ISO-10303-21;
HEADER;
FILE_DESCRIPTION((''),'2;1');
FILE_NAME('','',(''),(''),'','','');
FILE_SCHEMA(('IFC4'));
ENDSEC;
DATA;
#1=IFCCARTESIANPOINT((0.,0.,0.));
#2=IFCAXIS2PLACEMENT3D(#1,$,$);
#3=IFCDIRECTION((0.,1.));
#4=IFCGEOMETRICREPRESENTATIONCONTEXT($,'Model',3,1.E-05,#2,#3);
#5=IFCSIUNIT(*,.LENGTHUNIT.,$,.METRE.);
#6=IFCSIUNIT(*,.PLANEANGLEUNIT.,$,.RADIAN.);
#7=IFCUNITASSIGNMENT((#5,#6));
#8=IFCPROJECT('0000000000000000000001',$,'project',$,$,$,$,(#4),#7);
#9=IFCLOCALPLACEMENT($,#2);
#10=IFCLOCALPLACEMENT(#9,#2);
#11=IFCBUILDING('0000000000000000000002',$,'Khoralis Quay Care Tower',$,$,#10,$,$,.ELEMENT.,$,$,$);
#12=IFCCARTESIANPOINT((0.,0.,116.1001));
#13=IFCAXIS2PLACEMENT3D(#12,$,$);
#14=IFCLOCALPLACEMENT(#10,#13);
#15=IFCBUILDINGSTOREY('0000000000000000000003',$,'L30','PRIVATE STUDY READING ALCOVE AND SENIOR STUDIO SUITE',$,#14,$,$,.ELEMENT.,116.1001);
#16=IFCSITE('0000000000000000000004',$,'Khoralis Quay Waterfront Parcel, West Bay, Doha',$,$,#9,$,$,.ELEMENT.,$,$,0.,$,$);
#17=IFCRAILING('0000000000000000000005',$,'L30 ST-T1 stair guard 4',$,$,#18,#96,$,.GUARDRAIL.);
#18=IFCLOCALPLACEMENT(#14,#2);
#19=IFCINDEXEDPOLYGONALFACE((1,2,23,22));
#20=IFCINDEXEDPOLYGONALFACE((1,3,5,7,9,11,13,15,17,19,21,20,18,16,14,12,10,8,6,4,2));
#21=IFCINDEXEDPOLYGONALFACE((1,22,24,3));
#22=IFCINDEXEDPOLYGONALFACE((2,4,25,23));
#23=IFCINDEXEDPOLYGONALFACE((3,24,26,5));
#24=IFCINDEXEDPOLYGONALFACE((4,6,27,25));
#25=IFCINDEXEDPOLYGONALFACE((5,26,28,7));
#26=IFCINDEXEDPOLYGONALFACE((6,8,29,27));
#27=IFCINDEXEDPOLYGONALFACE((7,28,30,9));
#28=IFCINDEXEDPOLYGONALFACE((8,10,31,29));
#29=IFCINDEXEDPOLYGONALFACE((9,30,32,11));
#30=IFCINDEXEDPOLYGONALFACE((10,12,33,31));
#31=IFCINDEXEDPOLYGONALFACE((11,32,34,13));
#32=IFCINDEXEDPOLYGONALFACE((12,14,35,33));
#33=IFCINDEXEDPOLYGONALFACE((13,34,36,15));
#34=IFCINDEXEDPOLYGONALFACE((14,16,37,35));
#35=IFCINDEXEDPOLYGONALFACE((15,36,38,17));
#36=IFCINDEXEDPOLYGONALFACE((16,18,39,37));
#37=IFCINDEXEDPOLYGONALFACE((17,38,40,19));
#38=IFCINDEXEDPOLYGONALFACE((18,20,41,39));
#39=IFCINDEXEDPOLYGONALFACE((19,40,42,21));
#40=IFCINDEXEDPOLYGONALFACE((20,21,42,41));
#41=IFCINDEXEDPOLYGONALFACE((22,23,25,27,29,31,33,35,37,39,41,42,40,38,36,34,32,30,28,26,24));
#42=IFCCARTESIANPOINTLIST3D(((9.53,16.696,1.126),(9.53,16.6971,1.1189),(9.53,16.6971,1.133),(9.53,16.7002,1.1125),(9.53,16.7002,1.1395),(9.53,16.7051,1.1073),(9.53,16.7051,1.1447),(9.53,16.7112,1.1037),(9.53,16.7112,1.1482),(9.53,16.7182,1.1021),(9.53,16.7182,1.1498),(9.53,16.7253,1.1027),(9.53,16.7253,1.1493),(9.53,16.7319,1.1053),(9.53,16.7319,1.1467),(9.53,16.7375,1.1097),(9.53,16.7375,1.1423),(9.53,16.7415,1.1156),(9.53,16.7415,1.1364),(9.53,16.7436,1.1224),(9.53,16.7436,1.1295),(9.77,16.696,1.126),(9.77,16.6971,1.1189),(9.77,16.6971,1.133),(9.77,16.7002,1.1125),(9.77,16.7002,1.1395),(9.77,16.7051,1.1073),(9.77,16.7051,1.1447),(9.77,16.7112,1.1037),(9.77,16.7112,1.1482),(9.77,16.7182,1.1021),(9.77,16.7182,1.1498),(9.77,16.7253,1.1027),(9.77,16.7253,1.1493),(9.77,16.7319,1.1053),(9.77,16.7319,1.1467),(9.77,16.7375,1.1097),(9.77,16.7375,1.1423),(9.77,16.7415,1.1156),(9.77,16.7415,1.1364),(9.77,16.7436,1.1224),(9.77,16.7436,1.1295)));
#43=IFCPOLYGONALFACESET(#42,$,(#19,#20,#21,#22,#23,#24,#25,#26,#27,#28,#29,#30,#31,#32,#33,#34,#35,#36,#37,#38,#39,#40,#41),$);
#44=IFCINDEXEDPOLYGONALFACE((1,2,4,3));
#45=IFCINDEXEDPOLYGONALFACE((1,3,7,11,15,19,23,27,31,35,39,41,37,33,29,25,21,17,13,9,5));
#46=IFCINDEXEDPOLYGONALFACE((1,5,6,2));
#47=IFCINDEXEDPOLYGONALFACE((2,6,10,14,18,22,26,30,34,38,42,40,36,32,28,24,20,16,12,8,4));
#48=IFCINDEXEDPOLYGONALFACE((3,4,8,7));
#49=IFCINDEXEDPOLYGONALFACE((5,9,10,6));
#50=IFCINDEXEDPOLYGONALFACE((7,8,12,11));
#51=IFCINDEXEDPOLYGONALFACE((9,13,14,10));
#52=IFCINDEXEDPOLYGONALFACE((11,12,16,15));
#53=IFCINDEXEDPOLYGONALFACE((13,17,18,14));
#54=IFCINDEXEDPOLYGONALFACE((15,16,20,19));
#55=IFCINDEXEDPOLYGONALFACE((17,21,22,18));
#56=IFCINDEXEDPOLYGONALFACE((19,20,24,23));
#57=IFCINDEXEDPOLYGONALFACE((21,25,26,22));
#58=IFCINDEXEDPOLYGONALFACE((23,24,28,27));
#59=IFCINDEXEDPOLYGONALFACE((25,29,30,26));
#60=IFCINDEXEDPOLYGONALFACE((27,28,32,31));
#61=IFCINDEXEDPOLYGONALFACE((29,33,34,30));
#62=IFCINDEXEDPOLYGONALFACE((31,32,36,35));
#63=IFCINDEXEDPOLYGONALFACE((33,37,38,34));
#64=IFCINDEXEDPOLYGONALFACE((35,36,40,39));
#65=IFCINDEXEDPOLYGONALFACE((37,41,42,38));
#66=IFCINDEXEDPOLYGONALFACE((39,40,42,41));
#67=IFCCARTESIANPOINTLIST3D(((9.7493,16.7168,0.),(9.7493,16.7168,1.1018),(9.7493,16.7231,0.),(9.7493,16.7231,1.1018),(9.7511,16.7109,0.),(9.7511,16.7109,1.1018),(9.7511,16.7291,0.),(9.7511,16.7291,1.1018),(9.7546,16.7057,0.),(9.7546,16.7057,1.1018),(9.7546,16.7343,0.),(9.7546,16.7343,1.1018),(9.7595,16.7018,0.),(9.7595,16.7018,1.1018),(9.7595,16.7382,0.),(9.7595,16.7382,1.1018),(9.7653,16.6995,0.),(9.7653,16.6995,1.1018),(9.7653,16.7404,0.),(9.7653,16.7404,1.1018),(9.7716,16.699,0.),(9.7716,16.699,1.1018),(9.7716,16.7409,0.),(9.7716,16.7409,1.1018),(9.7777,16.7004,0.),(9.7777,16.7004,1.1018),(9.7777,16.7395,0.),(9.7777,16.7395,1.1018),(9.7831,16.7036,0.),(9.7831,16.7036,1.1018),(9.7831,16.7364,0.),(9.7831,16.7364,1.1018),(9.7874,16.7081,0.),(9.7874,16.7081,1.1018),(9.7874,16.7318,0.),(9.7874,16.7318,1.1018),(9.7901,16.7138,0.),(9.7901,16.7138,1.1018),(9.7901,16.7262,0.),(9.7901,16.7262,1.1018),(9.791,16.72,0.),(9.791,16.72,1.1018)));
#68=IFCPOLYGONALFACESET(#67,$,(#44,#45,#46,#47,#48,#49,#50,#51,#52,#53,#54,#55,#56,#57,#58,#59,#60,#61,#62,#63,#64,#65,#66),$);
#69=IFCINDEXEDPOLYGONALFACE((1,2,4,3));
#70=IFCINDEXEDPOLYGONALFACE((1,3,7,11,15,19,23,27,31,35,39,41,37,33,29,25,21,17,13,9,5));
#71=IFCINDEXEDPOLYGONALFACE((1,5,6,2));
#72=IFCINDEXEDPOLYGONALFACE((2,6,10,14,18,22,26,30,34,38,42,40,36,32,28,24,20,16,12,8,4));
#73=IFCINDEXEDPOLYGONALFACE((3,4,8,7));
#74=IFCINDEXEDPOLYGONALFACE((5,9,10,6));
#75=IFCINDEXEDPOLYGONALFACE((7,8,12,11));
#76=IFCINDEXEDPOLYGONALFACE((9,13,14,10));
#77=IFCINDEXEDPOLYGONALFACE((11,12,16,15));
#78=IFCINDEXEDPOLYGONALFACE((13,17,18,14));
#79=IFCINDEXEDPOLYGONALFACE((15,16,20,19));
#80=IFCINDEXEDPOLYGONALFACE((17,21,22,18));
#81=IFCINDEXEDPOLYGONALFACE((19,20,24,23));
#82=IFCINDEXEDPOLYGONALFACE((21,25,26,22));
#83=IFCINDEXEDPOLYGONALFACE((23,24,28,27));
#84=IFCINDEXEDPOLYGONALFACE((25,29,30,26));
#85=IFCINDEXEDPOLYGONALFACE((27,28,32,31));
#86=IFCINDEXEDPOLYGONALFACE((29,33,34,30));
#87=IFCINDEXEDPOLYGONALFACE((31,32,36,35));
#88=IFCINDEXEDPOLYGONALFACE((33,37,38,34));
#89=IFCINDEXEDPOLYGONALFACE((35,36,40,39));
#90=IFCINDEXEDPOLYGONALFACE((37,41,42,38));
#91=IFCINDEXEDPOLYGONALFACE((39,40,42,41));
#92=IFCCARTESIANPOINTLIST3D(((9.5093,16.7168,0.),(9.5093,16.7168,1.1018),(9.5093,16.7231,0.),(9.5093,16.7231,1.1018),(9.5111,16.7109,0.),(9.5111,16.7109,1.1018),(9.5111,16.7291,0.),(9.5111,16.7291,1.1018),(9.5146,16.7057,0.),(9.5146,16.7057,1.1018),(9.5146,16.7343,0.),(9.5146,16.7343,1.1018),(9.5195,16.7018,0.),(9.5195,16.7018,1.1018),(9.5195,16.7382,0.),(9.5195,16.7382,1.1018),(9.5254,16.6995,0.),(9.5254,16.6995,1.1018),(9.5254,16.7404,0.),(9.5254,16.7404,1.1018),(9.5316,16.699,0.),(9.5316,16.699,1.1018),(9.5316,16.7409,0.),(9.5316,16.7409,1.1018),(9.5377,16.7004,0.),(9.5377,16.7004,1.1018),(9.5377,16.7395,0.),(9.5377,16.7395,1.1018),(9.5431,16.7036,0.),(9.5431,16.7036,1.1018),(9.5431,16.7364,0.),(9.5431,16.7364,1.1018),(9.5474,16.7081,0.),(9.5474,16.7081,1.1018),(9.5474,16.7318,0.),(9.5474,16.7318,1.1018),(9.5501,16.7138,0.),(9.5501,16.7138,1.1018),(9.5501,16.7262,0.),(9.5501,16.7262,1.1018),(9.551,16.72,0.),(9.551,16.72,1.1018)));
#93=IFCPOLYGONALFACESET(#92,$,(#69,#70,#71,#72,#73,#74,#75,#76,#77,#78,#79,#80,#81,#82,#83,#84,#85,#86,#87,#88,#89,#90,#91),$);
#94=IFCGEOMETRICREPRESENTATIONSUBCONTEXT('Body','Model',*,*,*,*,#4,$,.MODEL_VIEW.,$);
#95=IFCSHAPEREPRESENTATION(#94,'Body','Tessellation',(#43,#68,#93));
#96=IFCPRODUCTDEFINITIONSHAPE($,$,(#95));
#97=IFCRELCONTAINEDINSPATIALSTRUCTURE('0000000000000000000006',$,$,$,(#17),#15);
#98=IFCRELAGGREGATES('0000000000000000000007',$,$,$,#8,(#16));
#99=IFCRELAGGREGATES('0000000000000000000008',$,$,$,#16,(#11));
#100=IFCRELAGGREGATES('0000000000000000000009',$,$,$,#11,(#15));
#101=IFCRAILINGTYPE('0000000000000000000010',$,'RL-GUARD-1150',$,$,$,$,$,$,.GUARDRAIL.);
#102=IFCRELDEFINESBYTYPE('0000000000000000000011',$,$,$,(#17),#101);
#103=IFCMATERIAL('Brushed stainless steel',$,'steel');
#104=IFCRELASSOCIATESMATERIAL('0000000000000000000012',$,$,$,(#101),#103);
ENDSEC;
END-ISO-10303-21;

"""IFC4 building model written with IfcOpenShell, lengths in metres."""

from ifc_helpers import new_model, si_unit, direction, frame, origin, origin_2d, place, context, subcontext, project, spatial, circle, extrude, material, type_object, element, save


model = new_model("IFC4")

# Units and contexts
model_context = context("Model", 3, precision=1e-05, world=origin(), true_north=direction((0.0, 1.0)))
body_context = subcontext(model_context, "Body", "Model", "MODEL_VIEW")
ifc_project = project(units=[si_unit("LENGTHUNIT", "METRE"), si_unit("PLANEANGLEUNIT", "RADIAN")], contexts=[model_context])

# Site, building, storey
site_placement = place(None, origin())
site = spatial("IfcSite", under=ifc_project, at=site_placement, Name="Khoralis Quay Waterfront Parcel, West Bay, Doha", CompositionType="ELEMENT", RefElevation=0.0)
building_placement = place(site_placement, origin())
building = spatial("IfcBuilding", under=site, at=building_placement, Name="Khoralis Quay Care Tower", CompositionType="ELEMENT")
storey_placement = place(building_placement, frame((0.0, 0.0, 116.1001)))
storey = spatial("IfcBuildingStorey", under=building, at=storey_placement, Name="L30", Description="PRIVATE STUDY READING ALCOVE AND SENIOR STUDIO SUITE", CompositionType="ELEMENT", Elevation=116.1001)

# Shared definitions
ifc_material_1 = material(Name="Brushed stainless steel", Category="steel")

# Railing
railing_type_1 = type_object("IfcRailingType", Name="RL-GUARD-1150", PredefinedType="GUARDRAIL", material=ifc_material_1)
railing_1_placement = place(storey_placement, frame((9.77, 16.72, 0.0)))
element("IfcRailing", 1, at=railing_1_placement, inside=storey, type_object=railing_type_1, Name="L30 ST-T1 stair guard 4", PredefinedType="GUARDRAIL", context=body_context, shape_type="SweptSolid", body=[
    extrude(circle(Radius=0.0239, at=origin_2d()), frame((0.0, 0.0, 1.126), z_axis=(-1.0, 0.0, 0.0), x_axis=(0.0, -1.0, 0.0)), (0.0, 0.0, 1.0), 0.24),
    extrude(circle(Radius=0.021, at=origin_2d()), origin(), (0.0, 0.0, 1.0), 1.1018),
    extrude(circle(Radius=0.021, at=origin_2d()), frame((-0.24, 0.0, 0.0)), (0.0, 0.0, 1.0), 1.1018),
])

save(model, "model.ifc")
